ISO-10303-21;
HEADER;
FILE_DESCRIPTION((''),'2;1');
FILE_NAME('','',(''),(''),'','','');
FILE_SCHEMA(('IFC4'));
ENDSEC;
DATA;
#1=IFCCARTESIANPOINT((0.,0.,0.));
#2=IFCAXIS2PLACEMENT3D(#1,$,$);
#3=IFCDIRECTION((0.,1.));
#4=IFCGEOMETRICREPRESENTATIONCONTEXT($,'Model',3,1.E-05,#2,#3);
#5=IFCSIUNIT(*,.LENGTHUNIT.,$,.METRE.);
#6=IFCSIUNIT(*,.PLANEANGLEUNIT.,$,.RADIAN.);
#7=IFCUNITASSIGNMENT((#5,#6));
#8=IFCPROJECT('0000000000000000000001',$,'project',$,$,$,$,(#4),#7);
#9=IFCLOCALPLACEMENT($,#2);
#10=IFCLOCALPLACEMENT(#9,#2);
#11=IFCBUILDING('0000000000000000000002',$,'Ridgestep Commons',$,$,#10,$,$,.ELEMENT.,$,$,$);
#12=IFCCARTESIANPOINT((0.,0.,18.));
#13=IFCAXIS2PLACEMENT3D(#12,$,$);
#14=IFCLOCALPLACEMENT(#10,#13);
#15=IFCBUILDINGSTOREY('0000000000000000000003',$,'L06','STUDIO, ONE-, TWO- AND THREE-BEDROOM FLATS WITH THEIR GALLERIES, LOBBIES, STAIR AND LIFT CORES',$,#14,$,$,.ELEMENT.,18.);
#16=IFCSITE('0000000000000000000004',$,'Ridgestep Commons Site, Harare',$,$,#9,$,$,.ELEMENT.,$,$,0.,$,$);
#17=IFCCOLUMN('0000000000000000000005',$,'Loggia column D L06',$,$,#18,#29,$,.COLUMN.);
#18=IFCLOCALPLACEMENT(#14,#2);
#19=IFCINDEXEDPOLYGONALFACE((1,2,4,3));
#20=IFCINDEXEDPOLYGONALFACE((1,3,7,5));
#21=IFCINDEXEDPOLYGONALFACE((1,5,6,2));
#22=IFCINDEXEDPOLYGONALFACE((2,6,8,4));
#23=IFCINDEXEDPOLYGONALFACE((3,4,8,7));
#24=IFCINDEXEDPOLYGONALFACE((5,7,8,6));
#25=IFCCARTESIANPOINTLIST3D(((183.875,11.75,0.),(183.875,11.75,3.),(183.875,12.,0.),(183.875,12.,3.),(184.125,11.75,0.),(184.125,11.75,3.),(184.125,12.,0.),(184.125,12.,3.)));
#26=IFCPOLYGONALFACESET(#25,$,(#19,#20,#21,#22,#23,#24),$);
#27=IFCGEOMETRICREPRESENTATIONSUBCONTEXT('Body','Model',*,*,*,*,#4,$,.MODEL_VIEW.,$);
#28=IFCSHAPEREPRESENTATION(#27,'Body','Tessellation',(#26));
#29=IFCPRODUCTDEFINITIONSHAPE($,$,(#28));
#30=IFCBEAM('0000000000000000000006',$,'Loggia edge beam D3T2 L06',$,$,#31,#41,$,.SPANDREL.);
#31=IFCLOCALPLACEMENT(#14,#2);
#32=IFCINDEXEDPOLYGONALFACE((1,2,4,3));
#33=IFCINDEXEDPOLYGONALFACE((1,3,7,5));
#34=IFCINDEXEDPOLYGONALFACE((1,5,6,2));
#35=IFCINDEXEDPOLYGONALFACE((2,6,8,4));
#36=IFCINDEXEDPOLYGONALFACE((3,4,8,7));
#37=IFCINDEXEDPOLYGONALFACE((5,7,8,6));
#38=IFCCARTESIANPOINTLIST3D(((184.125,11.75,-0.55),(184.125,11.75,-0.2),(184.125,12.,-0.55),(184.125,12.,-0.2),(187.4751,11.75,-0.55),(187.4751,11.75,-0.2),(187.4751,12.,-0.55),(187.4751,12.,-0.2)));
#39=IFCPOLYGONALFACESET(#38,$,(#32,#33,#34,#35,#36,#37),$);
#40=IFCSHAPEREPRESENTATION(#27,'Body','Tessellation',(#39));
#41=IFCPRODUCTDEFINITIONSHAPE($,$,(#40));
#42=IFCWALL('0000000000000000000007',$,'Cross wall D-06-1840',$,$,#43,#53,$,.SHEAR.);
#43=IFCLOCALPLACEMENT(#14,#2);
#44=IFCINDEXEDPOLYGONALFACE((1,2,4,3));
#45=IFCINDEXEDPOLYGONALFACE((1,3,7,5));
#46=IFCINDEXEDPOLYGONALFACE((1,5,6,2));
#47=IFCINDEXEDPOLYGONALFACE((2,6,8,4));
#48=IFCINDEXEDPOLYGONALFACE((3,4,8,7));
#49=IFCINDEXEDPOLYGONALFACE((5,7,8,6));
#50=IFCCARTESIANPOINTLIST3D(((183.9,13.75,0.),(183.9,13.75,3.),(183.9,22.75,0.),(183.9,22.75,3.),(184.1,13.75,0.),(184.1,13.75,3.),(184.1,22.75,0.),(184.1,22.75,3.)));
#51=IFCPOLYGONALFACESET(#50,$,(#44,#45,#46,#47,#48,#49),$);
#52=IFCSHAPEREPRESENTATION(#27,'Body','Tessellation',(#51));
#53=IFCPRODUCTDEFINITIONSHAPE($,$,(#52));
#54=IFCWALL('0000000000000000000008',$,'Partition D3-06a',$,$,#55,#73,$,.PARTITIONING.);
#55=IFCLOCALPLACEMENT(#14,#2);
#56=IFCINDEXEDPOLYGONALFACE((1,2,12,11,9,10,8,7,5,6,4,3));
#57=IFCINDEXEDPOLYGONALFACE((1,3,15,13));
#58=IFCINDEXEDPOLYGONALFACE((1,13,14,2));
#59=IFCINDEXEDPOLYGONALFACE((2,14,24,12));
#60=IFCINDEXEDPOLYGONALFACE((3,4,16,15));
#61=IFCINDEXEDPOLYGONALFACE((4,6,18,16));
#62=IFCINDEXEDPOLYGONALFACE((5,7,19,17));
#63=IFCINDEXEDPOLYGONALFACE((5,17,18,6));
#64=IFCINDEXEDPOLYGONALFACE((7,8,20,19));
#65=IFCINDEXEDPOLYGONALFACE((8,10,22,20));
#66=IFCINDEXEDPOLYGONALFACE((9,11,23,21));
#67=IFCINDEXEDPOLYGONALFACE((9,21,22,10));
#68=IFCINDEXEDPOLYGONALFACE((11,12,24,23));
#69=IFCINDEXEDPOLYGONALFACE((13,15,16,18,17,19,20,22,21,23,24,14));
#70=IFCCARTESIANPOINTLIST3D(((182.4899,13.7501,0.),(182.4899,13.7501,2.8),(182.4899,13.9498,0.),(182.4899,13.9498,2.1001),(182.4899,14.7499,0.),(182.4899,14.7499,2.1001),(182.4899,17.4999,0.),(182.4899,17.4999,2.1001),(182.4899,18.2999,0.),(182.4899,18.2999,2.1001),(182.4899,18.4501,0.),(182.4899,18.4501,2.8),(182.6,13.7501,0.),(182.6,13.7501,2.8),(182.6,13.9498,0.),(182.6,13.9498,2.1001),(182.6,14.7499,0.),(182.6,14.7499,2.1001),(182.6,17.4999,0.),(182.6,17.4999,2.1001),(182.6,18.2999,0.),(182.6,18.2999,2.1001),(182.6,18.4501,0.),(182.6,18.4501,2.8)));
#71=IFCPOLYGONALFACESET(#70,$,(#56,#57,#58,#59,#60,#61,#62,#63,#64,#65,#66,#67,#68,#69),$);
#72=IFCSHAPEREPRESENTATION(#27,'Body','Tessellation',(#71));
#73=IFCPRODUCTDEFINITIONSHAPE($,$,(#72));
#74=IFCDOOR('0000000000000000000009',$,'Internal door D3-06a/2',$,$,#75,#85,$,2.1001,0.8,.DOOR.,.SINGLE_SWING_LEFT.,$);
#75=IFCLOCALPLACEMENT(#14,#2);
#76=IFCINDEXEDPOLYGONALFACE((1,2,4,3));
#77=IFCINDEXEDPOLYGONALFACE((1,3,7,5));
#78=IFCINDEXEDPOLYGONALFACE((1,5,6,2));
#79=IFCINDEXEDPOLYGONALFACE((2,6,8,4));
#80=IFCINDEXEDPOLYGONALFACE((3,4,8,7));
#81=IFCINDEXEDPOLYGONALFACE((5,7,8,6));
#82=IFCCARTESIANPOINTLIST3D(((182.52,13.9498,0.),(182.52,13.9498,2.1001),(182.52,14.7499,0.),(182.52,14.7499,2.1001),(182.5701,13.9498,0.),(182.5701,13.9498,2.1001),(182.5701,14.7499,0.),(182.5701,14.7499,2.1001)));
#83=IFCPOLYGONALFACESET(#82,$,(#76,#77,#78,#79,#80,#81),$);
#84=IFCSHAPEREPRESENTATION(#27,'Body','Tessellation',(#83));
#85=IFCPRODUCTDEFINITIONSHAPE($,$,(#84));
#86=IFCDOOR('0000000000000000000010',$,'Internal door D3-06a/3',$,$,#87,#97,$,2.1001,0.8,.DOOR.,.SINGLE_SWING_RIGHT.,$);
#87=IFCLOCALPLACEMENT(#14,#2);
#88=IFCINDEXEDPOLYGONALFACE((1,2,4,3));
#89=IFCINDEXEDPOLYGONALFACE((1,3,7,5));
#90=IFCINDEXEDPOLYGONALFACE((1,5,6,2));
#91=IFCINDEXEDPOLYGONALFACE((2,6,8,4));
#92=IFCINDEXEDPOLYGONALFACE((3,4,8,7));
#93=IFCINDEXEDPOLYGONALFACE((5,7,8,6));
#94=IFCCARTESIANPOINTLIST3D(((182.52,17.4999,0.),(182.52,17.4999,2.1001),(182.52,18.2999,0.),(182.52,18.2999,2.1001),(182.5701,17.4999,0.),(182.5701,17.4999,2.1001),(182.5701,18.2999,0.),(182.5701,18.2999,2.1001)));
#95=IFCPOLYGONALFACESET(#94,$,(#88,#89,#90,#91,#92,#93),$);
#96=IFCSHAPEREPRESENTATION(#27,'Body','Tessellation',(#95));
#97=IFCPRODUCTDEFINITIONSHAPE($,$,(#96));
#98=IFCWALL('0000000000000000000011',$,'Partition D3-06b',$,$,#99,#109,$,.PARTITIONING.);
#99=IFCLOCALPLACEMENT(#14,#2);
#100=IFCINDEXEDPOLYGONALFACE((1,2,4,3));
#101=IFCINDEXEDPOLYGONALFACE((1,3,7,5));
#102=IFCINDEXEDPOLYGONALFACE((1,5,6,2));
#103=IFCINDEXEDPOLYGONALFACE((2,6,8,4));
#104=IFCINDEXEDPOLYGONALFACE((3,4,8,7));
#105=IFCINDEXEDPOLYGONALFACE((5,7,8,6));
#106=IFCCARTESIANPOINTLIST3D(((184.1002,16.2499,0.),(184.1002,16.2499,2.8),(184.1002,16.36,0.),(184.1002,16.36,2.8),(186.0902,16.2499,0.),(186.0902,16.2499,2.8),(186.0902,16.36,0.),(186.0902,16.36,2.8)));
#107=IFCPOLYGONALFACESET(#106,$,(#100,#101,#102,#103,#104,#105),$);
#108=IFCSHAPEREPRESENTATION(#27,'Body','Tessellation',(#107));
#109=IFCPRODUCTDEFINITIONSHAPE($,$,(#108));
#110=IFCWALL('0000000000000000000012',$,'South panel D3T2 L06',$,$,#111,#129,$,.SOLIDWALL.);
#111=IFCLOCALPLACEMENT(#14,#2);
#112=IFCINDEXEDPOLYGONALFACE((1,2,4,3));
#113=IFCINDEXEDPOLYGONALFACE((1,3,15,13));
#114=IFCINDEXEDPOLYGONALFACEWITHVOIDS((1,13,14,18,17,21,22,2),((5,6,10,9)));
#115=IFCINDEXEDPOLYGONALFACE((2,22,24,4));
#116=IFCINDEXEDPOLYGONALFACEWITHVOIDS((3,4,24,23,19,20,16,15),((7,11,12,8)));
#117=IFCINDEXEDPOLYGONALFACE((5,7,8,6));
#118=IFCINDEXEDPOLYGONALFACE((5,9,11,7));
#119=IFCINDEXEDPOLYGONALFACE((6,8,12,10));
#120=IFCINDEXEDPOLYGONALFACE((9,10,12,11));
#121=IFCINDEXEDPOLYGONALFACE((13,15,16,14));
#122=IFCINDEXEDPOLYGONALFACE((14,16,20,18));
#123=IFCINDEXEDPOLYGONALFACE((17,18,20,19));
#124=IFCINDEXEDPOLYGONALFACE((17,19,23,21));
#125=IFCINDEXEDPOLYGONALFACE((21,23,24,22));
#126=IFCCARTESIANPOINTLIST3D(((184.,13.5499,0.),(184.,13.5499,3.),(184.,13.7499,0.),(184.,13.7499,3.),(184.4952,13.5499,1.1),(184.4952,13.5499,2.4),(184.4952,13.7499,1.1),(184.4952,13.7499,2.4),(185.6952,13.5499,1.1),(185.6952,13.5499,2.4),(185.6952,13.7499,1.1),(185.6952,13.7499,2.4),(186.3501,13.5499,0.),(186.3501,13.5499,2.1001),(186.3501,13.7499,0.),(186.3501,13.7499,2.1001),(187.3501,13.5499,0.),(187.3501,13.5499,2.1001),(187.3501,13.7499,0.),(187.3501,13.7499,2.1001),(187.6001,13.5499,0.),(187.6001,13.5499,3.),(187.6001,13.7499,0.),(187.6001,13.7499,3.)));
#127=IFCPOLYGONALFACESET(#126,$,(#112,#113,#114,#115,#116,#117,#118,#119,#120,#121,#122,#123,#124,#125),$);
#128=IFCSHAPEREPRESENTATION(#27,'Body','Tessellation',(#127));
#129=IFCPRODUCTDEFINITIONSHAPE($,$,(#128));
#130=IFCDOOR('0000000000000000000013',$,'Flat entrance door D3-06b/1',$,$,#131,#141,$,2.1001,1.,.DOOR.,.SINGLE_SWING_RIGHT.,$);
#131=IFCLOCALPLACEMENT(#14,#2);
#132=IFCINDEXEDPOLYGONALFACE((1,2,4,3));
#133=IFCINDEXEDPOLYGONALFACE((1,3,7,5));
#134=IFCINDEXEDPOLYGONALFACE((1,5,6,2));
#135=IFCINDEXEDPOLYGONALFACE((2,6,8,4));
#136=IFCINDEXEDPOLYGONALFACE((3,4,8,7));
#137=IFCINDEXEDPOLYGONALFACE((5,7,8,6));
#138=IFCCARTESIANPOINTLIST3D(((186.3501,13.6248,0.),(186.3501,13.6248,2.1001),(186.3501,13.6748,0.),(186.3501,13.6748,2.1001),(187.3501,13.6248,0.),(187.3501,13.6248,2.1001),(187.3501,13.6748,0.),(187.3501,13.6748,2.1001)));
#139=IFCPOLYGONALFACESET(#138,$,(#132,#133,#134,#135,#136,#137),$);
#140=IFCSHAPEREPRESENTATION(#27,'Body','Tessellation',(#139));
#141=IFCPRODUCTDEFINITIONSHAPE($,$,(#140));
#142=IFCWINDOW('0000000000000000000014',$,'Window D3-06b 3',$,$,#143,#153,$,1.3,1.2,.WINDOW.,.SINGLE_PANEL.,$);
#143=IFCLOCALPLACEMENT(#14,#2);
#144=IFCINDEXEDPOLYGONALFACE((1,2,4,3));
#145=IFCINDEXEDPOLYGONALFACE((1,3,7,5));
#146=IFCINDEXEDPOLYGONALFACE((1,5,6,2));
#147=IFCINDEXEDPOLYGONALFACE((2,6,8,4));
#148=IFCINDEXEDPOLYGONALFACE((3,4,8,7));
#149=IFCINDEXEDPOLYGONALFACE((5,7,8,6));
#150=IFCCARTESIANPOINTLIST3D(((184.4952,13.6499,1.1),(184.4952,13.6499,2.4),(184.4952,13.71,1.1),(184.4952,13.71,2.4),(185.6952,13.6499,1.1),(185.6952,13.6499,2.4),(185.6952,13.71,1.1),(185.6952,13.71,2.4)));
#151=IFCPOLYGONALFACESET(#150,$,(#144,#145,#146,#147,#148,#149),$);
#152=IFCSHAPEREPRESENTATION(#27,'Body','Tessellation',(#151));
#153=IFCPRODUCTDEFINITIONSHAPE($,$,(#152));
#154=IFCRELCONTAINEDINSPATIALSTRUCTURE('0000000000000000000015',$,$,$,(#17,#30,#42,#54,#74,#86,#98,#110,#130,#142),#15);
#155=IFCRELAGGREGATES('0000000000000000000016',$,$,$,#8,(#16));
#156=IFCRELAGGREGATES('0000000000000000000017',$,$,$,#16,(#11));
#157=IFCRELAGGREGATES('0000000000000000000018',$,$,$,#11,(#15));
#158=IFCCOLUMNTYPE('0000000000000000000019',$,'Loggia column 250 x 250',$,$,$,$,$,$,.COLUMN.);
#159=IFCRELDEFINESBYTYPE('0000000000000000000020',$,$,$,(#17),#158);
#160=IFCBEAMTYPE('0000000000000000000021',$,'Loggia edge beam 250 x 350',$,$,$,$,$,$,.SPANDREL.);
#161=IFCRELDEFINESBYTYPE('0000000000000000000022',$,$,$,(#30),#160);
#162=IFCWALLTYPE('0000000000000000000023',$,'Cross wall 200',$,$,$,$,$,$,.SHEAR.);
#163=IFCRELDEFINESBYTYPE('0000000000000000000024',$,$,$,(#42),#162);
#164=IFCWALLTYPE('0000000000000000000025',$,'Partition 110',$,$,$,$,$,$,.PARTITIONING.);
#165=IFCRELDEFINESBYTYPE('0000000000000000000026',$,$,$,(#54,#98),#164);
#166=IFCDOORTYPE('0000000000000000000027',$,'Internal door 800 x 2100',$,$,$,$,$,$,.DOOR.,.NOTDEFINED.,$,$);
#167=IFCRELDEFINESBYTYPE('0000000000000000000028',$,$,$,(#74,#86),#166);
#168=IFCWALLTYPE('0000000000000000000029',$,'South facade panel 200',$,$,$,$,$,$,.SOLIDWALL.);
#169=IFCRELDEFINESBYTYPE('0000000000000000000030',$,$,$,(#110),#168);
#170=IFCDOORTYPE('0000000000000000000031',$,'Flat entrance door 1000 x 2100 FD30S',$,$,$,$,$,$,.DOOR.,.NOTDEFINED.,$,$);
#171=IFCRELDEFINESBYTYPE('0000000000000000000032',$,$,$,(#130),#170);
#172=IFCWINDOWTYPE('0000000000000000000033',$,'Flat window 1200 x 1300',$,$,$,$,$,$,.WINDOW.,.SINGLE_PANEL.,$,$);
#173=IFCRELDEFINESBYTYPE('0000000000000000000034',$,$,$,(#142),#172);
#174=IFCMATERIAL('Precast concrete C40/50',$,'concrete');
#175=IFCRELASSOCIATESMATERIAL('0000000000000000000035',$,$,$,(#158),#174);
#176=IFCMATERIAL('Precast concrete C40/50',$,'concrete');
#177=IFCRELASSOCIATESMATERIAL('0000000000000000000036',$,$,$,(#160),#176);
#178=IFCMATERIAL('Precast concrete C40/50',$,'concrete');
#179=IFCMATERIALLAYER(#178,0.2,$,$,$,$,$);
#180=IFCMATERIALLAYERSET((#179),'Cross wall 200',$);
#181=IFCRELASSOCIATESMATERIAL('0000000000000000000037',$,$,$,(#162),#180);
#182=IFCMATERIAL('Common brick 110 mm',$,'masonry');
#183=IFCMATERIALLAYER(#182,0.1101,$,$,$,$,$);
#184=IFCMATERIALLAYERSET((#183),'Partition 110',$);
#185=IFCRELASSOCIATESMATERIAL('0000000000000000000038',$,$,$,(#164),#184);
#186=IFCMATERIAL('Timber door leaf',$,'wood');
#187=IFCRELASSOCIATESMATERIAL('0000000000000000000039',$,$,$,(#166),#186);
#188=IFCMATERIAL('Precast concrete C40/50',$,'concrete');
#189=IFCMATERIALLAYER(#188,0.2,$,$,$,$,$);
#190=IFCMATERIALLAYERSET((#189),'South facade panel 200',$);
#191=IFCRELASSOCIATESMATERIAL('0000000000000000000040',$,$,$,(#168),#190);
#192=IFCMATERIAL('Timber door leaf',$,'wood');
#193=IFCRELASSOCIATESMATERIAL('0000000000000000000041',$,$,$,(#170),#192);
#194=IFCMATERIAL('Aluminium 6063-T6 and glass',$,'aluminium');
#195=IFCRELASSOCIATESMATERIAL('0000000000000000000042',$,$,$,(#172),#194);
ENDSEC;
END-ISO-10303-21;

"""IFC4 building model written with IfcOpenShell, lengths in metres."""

from ifc_helpers import new_model, si_unit, direction, frame, frame_2d, origin, origin_2d, place, context, subcontext, project, spatial, rectangle, extrude, material, layer, layer_set, material_profile, profile_set, type_object, element, fill, save


model = new_model("IFC4")

# Units and contexts
model_context = context("Model", 3, precision=1e-05, world=origin(), true_north=direction((0.0, 1.0)))
body_context = subcontext(model_context, "Body", "Model", "MODEL_VIEW")
ifc_project = project(units=[si_unit("LENGTHUNIT", "METRE"), si_unit("PLANEANGLEUNIT", "RADIAN")], contexts=[model_context])

# Site, building, storey
site_placement = place(None, origin())
site = spatial("IfcSite", under=ifc_project, at=site_placement, Name="Ridgestep Commons Site, Harare", CompositionType="ELEMENT", RefElevation=0.0)
building_placement = place(site_placement, origin())
building = spatial("IfcBuilding", under=site, at=building_placement, Name="Ridgestep Commons", CompositionType="ELEMENT")
storey_placement = place(building_placement, frame((0.0, 0.0, 18.0)))
storey = spatial("IfcBuildingStorey", under=building, at=storey_placement, Name="L06", Description="STUDIO, ONE-, TWO- AND THREE-BEDROOM FLATS WITH THEIR GALLERIES, LOBBIES, STAIR AND LIFT CORES", CompositionType="ELEMENT", Elevation=18.0)

# Column
ifc_material_1 = material(Name="Precast concrete C40/50", Category="concrete")
ifc_material_profile_1 = material_profile(ifc_material_1, rectangle(XDim=0.25, YDim=0.25, at=origin_2d()), Name="PC 250x250")
ifc_profile_set_1 = profile_set([ifc_material_profile_1], Name="Precast concrete C40/50")
column_type = type_object("IfcColumnType", Name="Loggia column 250 x 250", PredefinedType="COLUMN", material=ifc_profile_set_1)
column_placement = place(storey_placement, frame((184.0, 11.875, 0.0), z_axis=(0.0, 0.0, 1.0), x_axis=(1.0, 0.0, 0.0)))
element("IfcColumn", 1, at=column_placement, inside=storey, type_object=column_type, Name="Loggia column D L06", PredefinedType="COLUMN", context=body_context, shape_type="SweptSolid", body=[
    extrude(rectangle(XDim=0.25, YDim=0.25, at=origin_2d()), origin(), (0.0, 0.0, 1.0), 3.0),
])

# Beam
ifc_material_2 = material(Name="Precast concrete C40/50", Category="concrete")
ifc_material_profile_2 = material_profile(ifc_material_2, rectangle(XDim=0.25, YDim=0.3501, at=origin_2d()), Name="PC 250x350")
ifc_profile_set_2 = profile_set([ifc_material_profile_2], Name="Precast concrete C40/50")
beam_type = type_object("IfcBeamType", Name="Loggia edge beam 250 x 350", PredefinedType="SPANDREL", material=ifc_profile_set_2)
beam_placement = place(storey_placement, frame((184.125, 11.875, -0.375), z_axis=(1.0, 0.0, 0.0), x_axis=(0.0, 1.0, 0.0)))
element("IfcBeam", 2, at=beam_placement, inside=storey, type_object=beam_type, Name="Loggia edge beam D3T2 L06", PredefinedType="SPANDREL", context=body_context, shape_type="SweptSolid", body=[
    extrude(rectangle(XDim=0.25, YDim=0.3501, at=origin_2d()), origin(), (0.0, 0.0, 1.0), 3.3501),
])

# Wall
ifc_material_3 = material(Name="Precast concrete C40/50", Category="concrete")
ifc_layer_1 = layer(ifc_material_3, 0.2)
ifc_layer_set_1 = layer_set([ifc_layer_1], Name="Cross wall 200")
wall_type_1 = type_object("IfcWallType", Name="Cross wall 200", PredefinedType="SHEAR", material=ifc_layer_set_1)
wall_1_placement = place(storey_placement, frame((184.0, 13.75, 0.0), z_axis=(0.0, 0.0, 1.0), x_axis=(0.0, 1.0, 0.0)))
element("IfcWall", 3, at=wall_1_placement, inside=storey, type_object=wall_type_1, Name="Cross wall D-06-1840", PredefinedType="SHEAR", context=body_context, shape_type="SweptSolid", body=[
    extrude(rectangle(XDim=9.0, YDim=0.2, at=frame_2d((4.5, 0.0))), origin(), (0.0, 0.0, 1.0), 3.0),
])

# Wall, openings, doors
ifc_material_4 = material(Name="Common brick 110 mm", Category="masonry")
ifc_layer_2 = layer(ifc_material_4, 0.1101)
ifc_layer_set_2 = layer_set([ifc_layer_2], Name="Partition 110")
wall_type_2 = type_object("IfcWallType", Name="Partition 110", PredefinedType="PARTITIONING", material=ifc_layer_set_2)
wall_2_placement = place(storey_placement, frame((182.5449, 13.75, 0.0), z_axis=(0.0, 0.0, 1.0), x_axis=(0.0, 1.0, 0.0)))
wall_2 = element("IfcWall", 4, at=wall_2_placement, inside=storey, type_object=wall_type_2, Name="Partition D3-06a", PredefinedType="PARTITIONING", context=body_context, shape_type="SweptSolid", body=[
    extrude(rectangle(XDim=4.7, YDim=0.1101, at=frame_2d((2.3501, 0.0))), origin(), (0.0, 0.0, 1.0), 2.8),
])
opening_1_placement = place(wall_2_placement, frame((0.2, 0.0, 0.0)))
opening_1 = element("IfcOpeningElement", 5, at=opening_1_placement, cuts=wall_2, PredefinedType="OPENING", context=body_context, shape_type="SweptSolid", body=[
    extrude(rectangle(XDim=0.8, YDim=2.1001, at=frame_2d((0.3999, 1.05))), frame((0.0, 0.0649, 0.0), z_axis=(0.0, -1.0, 0.0), x_axis=(1.0, 0.0, 0.0)), (0.0, 0.0, 1.0), 0.1301),
])
opening_2_placement = place(wall_2_placement, frame((3.75, 0.0, 0.0)))
opening_2 = element("IfcOpeningElement", 6, at=opening_2_placement, cuts=wall_2, PredefinedType="OPENING", context=body_context, shape_type="SweptSolid", body=[
    extrude(rectangle(XDim=0.8, YDim=2.1001, at=frame_2d((0.3999, 1.05))), frame((0.0, 0.0649, 0.0), z_axis=(0.0, -1.0, 0.0), x_axis=(1.0, 0.0, 0.0)), (0.0, 0.0, 1.0), 0.1301),
])
ifc_material_5 = material(Name="Timber door leaf", Category="wood")
door_type_1 = type_object("IfcDoorType", Name="Internal door 800 x 2100", OperationType="NOTDEFINED", PredefinedType="DOOR", material=ifc_material_5)
door_1_placement = place(opening_1_placement, origin())
door_1 = element("IfcDoor", 7, at=door_1_placement, inside=storey, type_object=door_type_1, Name="Internal door D3-06a/2", OperationType="SINGLE_SWING_LEFT", OverallHeight=2.1001, OverallWidth=0.8, PredefinedType="DOOR", context=body_context, shape_type="SweptSolid", body=[
    extrude(rectangle(XDim=0.8, YDim=2.1001, at=frame_2d((0.3999, 1.05))), frame((0.0, 0.0249, 0.0), z_axis=(0.0, -1.0, 0.0), x_axis=(1.0, 0.0, 0.0)), (0.0, 0.0, 1.0), 0.05),
])
fill(opening_1, door_1)
door_2_placement = place(opening_2_placement, origin())
door_2 = element("IfcDoor", 8, at=door_2_placement, inside=storey, type_object=door_type_1, Name="Internal door D3-06a/3", OperationType="SINGLE_SWING_RIGHT", OverallHeight=2.1001, OverallWidth=0.8, PredefinedType="DOOR", context=body_context, shape_type="SweptSolid", body=[
    extrude(rectangle(XDim=0.8, YDim=2.1001, at=frame_2d((0.3999, 1.05))), frame((0.0, 0.0249, 0.0), z_axis=(0.0, -1.0, 0.0), x_axis=(1.0, 0.0, 0.0)), (0.0, 0.0, 1.0), 0.05),
])
fill(opening_2, door_2)

# Wall
wall_3_placement = place(storey_placement, frame((184.1001, 16.3049, 0.0), z_axis=(0.0, 0.0, 1.0), x_axis=(1.0, 0.0, 0.0)))
element("IfcWall", 9, at=wall_3_placement, inside=storey, type_object=wall_type_2, Name="Partition D3-06b", PredefinedType="PARTITIONING", context=body_context, shape_type="SweptSolid", body=[
    extrude(rectangle(XDim=1.99, YDim=0.1101, at=frame_2d((0.9951, 0.0))), origin(), (0.0, 0.0, 1.0), 2.8),
])

# Wall, openings, door, window
ifc_material_6 = material(Name="Precast concrete C40/50", Category="concrete")
ifc_layer_3 = layer(ifc_material_6, 0.2)
ifc_layer_set_3 = layer_set([ifc_layer_3], Name="South facade panel 200")
wall_type_3 = type_object("IfcWallType", Name="South facade panel 200", PredefinedType="SOLIDWALL", material=ifc_layer_set_3)
wall_4_placement = place(storey_placement, frame((184.0, 13.6499, 0.0), z_axis=(0.0, 0.0, 1.0), x_axis=(1.0, 0.0, 0.0)))
wall_4 = element("IfcWall", 10, at=wall_4_placement, inside=storey, type_object=wall_type_3, Name="South panel D3T2 L06", PredefinedType="SOLIDWALL", context=body_context, shape_type="SweptSolid", body=[
    extrude(rectangle(XDim=3.6001, YDim=0.2, at=frame_2d((1.8, 0.0))), origin(), (0.0, 0.0, 1.0), 3.0),
])
opening_3_placement = place(wall_4_placement, frame((0.4951, 0.0, 1.1001)))
opening_3 = element("IfcOpeningElement", 11, at=opening_3_placement, cuts=wall_4, PredefinedType="OPENING", context=body_context, shape_type="SweptSolid", body=[
    extrude(rectangle(XDim=1.2, YDim=1.3, at=frame_2d((0.6001, 0.6499))), frame((0.0, 0.1099, 0.0), z_axis=(0.0, -1.0, 0.0), x_axis=(1.0, 0.0, 0.0)), (0.0, 0.0, 1.0), 0.22),
])
opening_4_placement = place(wall_4_placement, frame((2.3501, 0.0, 0.0)))
opening_4 = element("IfcOpeningElement", 12, at=opening_4_placement, cuts=wall_4, PredefinedType="OPENING", context=body_context, shape_type="SweptSolid", body=[
    extrude(rectangle(XDim=1.0, YDim=2.1001, at=frame_2d((0.5, 1.05))), frame((0.0, 0.1099, 0.0), z_axis=(0.0, -1.0, 0.0), x_axis=(1.0, 0.0, 0.0)), (0.0, 0.0, 1.0), 0.22),
])
ifc_material_7 = material(Name="Timber door leaf", Category="wood")
door_type_2 = type_object("IfcDoorType", Name="Flat entrance door 1000 x 2100 FD30S", OperationType="NOTDEFINED", PredefinedType="DOOR", material=ifc_material_7)
door_3_placement = place(opening_4_placement, origin())
door_3 = element("IfcDoor", 13, at=door_3_placement, inside=storey, type_object=door_type_2, Name="Flat entrance door D3-06b/1", OperationType="SINGLE_SWING_RIGHT", OverallHeight=2.1001, OverallWidth=1.0, PredefinedType="DOOR", context=body_context, shape_type="SweptSolid", body=[
    extrude(rectangle(XDim=1.0, YDim=2.1001, at=frame_2d((0.5, 1.05))), frame((0.0, 0.0249, 0.0), z_axis=(0.0, -1.0, 0.0), x_axis=(1.0, 0.0, 0.0)), (0.0, 0.0, 1.0), 0.05),
])
fill(opening_4, door_3)
ifc_material_8 = material(Name="Aluminium 6063-T6 and glass", Category="aluminium")
window_type = type_object("IfcWindowType", Name="Flat window 1200 x 1300", PartitioningType="SINGLE_PANEL", PredefinedType="WINDOW", material=ifc_material_8)
window_placement = place(opening_3_placement, origin())
window = element("IfcWindow", 14, at=window_placement, inside=storey, type_object=window_type, Name="Window D3-06b 3", OverallHeight=1.3, OverallWidth=1.2, PartitioningType="SINGLE_PANEL", PredefinedType="WINDOW", context=body_context, shape_type="SweptSolid", body=[
    extrude(rectangle(XDim=1.2, YDim=1.3, at=frame_2d((0.6001, 0.6499))), frame((0.0, 0.0601, 0.0), z_axis=(0.0, -1.0, 0.0), x_axis=(1.0, 0.0, 0.0)), (0.0, 0.0, 1.0), 0.0601),
])
fill(opening_3, window)

save(model, "model.ifc")
